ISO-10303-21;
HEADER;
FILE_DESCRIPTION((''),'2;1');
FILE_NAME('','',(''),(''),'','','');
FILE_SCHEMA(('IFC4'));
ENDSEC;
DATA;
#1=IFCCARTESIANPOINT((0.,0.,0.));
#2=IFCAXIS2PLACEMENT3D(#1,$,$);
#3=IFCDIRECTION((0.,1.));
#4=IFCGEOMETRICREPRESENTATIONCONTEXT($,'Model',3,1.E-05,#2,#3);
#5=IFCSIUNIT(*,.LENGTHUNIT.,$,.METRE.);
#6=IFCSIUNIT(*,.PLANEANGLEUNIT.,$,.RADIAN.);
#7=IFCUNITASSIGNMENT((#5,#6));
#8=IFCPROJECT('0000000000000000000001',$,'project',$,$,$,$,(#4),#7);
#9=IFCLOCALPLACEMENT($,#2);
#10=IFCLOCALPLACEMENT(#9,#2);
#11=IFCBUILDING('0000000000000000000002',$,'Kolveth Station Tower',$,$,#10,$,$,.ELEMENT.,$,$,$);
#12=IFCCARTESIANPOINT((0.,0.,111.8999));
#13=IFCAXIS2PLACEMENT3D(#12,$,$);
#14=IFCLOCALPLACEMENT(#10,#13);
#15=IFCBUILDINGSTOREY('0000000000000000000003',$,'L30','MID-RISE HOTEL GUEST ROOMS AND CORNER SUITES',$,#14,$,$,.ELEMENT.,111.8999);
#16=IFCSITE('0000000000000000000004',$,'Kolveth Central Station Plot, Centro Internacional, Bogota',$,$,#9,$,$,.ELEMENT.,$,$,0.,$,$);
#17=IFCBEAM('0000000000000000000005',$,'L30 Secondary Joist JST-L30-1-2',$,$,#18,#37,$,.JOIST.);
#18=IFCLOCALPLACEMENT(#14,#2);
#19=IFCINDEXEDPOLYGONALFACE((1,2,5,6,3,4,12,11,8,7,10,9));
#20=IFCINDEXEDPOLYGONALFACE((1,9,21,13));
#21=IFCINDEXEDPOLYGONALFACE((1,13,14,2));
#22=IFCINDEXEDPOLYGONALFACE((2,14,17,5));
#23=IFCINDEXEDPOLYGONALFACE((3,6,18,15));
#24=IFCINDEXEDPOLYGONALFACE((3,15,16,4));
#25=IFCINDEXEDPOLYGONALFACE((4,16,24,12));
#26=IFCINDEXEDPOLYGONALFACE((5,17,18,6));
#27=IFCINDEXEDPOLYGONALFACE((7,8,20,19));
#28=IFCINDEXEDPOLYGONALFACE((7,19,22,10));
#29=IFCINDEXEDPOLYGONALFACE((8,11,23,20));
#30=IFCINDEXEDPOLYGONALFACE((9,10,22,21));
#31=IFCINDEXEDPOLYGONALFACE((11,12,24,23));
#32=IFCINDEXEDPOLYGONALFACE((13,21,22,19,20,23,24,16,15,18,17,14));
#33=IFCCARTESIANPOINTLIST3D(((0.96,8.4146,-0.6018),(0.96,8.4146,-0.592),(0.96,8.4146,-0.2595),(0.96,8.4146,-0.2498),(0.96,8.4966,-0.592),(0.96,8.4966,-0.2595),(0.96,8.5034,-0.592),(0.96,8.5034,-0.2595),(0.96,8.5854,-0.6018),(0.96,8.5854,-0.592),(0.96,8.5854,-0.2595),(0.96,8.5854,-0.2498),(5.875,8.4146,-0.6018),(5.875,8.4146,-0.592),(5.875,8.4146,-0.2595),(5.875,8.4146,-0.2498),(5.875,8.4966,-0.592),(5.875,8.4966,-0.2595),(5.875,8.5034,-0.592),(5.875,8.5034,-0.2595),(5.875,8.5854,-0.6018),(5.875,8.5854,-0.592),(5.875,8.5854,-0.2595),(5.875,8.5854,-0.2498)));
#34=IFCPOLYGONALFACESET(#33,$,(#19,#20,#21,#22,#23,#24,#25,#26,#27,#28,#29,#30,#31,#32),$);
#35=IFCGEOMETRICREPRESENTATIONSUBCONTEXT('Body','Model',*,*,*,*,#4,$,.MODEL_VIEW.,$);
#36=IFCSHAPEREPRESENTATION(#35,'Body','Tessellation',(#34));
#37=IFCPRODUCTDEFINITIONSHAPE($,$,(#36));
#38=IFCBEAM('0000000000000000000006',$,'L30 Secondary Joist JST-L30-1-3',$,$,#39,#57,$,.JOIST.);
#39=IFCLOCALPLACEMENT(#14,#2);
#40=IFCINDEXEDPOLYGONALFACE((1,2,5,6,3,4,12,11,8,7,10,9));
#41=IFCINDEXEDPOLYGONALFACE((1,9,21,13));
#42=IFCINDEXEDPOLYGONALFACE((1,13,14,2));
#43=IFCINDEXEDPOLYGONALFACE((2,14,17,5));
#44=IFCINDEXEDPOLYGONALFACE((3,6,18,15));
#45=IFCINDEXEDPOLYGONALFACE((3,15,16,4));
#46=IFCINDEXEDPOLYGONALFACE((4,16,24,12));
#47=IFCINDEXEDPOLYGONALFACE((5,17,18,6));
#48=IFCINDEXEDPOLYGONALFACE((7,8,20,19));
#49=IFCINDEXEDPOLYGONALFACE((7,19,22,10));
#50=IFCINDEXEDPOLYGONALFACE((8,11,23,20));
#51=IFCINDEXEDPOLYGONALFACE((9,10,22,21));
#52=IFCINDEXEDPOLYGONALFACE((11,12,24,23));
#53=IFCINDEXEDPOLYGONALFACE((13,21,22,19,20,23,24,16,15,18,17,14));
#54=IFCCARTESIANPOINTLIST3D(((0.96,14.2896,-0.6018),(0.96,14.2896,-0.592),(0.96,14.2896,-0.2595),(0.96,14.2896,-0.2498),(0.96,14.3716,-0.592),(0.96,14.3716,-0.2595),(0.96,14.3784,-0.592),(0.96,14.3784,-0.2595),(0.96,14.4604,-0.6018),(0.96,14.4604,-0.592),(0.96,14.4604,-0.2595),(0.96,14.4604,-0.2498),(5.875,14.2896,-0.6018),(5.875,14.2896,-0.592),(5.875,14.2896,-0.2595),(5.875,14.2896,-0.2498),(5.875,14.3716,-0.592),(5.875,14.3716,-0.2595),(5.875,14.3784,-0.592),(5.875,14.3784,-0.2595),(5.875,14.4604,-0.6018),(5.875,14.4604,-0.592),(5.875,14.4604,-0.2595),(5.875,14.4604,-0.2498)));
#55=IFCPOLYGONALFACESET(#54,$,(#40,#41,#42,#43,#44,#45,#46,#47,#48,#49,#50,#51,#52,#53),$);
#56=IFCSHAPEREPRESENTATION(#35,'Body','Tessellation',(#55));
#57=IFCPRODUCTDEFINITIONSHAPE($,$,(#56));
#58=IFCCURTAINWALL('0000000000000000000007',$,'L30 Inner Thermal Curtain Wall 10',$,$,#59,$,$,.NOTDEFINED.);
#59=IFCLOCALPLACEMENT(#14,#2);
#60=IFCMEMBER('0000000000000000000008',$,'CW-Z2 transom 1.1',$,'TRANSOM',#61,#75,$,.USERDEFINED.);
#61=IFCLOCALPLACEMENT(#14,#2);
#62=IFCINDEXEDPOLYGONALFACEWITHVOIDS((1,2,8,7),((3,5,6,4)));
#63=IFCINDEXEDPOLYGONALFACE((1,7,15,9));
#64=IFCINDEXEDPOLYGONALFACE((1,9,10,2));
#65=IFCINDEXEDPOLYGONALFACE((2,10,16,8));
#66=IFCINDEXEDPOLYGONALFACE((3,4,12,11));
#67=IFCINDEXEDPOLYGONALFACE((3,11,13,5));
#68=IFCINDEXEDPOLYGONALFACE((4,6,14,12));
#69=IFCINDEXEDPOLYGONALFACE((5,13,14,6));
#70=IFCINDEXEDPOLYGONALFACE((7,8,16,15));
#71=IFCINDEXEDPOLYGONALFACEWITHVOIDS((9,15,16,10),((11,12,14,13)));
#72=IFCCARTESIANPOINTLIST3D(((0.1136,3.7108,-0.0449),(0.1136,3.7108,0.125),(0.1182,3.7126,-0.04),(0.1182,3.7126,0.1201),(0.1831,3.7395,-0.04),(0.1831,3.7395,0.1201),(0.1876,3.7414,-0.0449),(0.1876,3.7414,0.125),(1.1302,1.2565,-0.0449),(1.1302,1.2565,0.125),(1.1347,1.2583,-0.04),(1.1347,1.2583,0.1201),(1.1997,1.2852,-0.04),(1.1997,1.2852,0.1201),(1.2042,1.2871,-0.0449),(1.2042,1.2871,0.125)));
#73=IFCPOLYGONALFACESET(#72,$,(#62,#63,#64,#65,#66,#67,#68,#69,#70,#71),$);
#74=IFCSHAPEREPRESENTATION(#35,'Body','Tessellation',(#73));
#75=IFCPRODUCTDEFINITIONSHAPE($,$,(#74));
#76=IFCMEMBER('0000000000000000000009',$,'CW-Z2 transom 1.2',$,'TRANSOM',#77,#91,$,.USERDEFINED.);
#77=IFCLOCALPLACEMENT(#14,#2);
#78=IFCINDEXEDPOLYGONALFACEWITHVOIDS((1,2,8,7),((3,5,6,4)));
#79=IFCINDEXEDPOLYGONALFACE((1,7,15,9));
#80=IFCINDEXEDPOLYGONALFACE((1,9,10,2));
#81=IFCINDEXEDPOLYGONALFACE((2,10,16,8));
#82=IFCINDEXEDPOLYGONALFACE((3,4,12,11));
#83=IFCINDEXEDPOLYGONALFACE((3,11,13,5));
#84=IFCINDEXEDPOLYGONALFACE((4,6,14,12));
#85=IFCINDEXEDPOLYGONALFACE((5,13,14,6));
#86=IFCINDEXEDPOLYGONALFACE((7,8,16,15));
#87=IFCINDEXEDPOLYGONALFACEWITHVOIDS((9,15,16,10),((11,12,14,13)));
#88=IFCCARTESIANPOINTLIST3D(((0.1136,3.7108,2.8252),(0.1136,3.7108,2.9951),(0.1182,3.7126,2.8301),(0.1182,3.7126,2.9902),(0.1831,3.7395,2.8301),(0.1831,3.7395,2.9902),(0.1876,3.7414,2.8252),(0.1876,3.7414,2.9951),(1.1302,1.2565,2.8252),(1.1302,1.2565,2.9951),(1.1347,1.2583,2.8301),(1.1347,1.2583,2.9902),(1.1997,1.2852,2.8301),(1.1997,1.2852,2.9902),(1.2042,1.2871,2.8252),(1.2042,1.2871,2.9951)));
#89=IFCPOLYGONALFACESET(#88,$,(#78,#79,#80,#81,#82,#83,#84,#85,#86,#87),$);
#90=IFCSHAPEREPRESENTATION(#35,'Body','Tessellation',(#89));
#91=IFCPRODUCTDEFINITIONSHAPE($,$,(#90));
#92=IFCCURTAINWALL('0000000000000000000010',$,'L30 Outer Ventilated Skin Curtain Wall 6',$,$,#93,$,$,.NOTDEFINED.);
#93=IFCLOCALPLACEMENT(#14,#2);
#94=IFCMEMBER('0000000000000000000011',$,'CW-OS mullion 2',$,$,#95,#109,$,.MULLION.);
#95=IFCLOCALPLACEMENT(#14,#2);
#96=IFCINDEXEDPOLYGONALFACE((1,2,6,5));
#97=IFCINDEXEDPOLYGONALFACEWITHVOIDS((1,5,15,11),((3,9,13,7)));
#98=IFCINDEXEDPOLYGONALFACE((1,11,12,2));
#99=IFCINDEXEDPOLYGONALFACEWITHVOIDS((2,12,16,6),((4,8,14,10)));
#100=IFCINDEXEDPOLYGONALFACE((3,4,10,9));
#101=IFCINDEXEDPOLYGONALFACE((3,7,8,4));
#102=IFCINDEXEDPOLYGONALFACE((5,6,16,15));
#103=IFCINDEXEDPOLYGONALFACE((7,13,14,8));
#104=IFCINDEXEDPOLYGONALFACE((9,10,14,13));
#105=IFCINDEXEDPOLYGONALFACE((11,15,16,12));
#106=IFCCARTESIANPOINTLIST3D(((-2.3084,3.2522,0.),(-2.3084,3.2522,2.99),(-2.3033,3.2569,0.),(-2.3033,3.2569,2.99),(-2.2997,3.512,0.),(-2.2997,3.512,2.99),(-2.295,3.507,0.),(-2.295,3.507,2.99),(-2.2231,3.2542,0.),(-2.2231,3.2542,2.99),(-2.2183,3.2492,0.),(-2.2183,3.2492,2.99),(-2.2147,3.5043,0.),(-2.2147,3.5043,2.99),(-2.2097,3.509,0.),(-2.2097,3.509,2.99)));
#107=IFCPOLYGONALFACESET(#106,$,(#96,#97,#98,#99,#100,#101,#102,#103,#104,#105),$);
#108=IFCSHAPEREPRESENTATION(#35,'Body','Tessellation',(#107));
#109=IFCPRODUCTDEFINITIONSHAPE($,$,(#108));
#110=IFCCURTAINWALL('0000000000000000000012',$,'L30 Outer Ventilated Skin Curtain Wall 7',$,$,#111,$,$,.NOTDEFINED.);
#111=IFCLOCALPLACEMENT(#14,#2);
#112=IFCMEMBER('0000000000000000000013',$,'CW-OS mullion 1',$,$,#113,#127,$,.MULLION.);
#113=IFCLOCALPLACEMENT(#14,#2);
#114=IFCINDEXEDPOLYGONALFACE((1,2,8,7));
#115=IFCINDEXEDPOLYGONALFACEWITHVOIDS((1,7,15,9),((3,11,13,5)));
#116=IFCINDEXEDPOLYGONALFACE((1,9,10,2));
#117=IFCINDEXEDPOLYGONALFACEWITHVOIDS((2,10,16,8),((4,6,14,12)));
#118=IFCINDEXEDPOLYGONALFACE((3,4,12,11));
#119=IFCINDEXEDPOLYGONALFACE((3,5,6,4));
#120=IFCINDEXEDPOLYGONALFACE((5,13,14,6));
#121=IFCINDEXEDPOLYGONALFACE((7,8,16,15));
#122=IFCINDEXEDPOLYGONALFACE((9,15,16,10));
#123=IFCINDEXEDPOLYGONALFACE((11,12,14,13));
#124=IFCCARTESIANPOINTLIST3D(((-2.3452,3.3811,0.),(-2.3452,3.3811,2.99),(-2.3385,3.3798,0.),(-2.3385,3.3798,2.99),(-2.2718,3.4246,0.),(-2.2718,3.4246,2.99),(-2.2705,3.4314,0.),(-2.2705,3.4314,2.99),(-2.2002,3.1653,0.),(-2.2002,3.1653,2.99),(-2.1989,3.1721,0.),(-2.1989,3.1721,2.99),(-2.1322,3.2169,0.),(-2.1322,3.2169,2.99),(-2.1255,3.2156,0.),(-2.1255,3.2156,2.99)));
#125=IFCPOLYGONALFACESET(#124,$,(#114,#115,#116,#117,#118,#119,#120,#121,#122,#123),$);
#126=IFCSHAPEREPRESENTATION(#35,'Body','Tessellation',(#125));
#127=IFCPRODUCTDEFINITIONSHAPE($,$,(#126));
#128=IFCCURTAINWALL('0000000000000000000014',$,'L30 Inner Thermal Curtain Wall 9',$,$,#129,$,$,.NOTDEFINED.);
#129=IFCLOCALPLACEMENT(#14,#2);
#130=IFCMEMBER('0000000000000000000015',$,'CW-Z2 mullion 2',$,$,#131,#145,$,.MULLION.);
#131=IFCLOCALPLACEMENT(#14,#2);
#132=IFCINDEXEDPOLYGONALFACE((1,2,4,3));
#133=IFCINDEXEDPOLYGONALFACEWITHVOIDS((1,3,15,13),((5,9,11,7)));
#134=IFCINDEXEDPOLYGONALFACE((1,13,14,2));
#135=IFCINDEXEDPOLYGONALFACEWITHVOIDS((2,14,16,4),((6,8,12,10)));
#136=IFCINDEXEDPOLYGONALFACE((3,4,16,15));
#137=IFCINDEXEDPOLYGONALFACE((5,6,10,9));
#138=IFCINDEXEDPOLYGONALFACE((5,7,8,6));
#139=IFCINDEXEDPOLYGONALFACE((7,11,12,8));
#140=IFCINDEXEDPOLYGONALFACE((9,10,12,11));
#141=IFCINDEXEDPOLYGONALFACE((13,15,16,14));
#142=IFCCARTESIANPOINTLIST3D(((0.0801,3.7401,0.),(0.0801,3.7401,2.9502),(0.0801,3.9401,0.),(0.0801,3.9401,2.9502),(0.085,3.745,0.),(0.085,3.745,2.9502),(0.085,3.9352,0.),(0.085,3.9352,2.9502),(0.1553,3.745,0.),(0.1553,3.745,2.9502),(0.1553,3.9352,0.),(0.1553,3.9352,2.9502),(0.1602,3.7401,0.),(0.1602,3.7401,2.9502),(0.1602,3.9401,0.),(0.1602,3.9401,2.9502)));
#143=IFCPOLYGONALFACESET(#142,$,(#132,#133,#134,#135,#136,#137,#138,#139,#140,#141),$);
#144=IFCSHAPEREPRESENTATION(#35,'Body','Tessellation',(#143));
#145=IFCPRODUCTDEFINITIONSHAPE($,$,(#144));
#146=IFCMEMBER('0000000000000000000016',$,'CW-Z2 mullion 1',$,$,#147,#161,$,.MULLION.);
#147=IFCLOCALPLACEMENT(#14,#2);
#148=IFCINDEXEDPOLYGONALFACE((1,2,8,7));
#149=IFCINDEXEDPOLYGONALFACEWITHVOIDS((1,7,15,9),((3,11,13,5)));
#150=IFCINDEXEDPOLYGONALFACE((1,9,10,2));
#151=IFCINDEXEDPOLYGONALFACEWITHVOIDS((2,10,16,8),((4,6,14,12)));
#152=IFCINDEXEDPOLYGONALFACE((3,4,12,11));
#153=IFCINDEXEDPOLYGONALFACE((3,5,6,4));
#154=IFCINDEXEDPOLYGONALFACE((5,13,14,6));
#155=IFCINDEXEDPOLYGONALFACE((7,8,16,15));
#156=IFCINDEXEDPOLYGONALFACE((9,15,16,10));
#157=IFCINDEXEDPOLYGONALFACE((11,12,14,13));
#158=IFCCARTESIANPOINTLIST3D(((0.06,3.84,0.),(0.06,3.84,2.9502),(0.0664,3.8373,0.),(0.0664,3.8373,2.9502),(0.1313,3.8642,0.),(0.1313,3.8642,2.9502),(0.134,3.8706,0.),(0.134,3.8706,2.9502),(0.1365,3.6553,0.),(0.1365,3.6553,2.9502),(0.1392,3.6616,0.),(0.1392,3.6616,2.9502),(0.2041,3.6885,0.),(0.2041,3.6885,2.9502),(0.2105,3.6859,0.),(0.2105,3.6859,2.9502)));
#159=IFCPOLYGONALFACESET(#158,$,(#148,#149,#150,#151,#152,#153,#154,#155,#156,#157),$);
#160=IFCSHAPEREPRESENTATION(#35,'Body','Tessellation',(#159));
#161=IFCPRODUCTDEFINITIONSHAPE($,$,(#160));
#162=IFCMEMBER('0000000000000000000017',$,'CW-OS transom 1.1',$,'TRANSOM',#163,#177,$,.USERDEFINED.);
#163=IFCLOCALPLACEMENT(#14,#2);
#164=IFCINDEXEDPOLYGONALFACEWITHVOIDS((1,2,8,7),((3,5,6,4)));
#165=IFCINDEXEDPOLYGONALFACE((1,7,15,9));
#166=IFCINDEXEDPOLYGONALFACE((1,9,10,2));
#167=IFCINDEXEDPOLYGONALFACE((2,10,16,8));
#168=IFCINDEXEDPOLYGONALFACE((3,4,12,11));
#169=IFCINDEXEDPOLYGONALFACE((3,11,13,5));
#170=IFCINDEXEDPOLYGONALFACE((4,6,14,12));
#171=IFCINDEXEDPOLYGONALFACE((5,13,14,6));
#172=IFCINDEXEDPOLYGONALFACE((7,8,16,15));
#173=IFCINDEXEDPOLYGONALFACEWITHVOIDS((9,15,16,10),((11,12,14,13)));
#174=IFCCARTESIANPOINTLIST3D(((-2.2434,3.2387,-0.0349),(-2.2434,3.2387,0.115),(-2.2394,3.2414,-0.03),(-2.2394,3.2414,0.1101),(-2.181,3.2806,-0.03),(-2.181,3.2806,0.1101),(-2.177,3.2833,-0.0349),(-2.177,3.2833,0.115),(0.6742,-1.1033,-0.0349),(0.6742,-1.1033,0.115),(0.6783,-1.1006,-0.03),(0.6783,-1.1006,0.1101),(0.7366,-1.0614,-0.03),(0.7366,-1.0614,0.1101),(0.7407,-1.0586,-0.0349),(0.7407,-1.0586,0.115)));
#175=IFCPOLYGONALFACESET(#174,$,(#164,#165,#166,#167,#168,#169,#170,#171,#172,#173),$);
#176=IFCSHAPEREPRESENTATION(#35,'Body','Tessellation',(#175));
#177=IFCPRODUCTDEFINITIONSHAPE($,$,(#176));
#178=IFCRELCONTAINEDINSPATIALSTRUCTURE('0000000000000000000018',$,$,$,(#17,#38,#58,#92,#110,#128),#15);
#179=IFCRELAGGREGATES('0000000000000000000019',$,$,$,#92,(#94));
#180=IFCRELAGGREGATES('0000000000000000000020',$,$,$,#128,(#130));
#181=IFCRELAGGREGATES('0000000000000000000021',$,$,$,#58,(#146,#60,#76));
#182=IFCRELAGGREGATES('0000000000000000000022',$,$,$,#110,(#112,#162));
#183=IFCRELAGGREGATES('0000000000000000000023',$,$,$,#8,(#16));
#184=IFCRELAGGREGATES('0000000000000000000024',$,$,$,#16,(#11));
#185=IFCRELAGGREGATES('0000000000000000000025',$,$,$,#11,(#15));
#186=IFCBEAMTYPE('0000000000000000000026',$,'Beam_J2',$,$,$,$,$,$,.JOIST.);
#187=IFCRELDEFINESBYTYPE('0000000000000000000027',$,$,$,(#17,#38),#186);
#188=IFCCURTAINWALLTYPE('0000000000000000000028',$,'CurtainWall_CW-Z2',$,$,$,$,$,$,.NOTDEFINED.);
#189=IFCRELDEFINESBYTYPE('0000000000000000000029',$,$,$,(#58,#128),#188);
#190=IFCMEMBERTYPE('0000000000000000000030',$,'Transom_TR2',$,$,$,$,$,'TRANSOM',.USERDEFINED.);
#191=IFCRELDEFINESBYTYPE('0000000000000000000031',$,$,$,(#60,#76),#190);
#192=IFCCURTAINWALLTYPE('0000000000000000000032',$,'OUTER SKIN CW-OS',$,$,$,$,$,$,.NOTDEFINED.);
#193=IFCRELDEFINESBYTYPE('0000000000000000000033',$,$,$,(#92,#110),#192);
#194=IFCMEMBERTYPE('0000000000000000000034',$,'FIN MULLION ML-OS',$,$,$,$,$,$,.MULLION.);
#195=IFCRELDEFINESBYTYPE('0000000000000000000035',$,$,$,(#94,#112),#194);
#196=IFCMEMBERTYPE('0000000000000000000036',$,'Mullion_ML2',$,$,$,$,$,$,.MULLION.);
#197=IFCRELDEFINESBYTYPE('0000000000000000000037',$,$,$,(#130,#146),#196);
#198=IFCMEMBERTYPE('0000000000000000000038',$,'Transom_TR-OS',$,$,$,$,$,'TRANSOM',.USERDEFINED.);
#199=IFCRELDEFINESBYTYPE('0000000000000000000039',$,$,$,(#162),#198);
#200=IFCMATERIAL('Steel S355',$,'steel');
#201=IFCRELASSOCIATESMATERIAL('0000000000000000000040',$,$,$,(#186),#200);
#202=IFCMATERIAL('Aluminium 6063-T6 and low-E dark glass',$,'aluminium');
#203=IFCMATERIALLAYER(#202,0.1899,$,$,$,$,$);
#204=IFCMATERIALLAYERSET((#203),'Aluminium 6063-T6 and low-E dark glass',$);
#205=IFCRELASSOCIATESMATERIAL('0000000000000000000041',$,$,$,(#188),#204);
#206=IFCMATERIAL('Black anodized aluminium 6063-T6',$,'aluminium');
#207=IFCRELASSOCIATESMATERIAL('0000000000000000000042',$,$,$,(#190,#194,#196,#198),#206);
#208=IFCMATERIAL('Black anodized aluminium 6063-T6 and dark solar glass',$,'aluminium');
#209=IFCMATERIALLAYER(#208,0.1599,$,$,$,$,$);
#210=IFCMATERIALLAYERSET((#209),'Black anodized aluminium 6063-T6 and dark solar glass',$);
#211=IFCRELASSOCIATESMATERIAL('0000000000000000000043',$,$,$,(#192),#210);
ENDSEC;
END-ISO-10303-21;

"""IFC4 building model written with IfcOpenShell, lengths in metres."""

from ifc_helpers import new_model, si_unit, direction, frame, origin, origin_2d, place, context, subcontext, project, spatial, hollow_rectangle, i_section, extrude, source, transform, mapped, material, layer, layer_set, material_profile, profile_set, type_object, element, aggregate, save


model = new_model("IFC4")

# Units and contexts
model_context = context("Model", 3, precision=1e-05, world=origin(), true_north=direction((0.0, 1.0)))
body_context = subcontext(model_context, "Body", "Model", "MODEL_VIEW")
ifc_project = project(units=[si_unit("LENGTHUNIT", "METRE"), si_unit("PLANEANGLEUNIT", "RADIAN")], contexts=[model_context])

# Site, building, storey
site_placement = place(None, origin())
site = spatial("IfcSite", under=ifc_project, at=site_placement, Name="Kolveth Central Station Plot, Centro Internacional, Bogota", CompositionType="ELEMENT", RefElevation=0.0)
building_placement = place(site_placement, origin())
building = spatial("IfcBuilding", under=site, at=building_placement, Name="Kolveth Station Tower", CompositionType="ELEMENT")
storey_placement = place(building_placement, frame((0.0, 0.0, 111.8999)))
storey = spatial("IfcBuildingStorey", under=building, at=storey_placement, Name="L30", Description="MID-RISE HOTEL GUEST ROOMS AND CORNER SUITES", CompositionType="ELEMENT", Elevation=111.8999)

# Beams
ifc_material_1 = material(Name="Steel S355", Category="steel")
ifc_material_profile_1 = material_profile(ifc_material_1, i_section(OverallWidth=0.1709, OverallDepth=0.3521, WebThickness=0.0068, FlangeThickness=0.0098, at=origin_2d()), Name="W360x44")
ifc_profile_set_1 = profile_set([ifc_material_profile_1], Name="Steel S355")
beam_type_1 = type_object("IfcBeamType", Name="Beam_J2", PredefinedType="JOIST", material=ifc_profile_set_1)
shared_shape_1 = source(origin(), body_context, "Body", "SweptSolid", [
    extrude(i_section(OverallWidth=0.1709, OverallDepth=0.3521, WebThickness=0.0068, FlangeThickness=0.0098, at=origin_2d()), origin(), (0.0, 0.0, 1.0), 4.915),
])
for number, where, z_axis, x_axis, name in (
    (1, (0.96, 8.5, -0.4258), (1.0, 0.0, 0.0), (0.0, 1.0, 0.0), "L30 Secondary Joist JST-L30-1-2"),
    (2, (0.96, 14.375, -0.4258), (1.0, 0.0, 0.0), (0.0, 1.0, 0.0), "L30 Secondary Joist JST-L30-1-3"),
):
    element("IfcBeam", number, at=place(storey_placement, frame(where, z_axis=z_axis, x_axis=x_axis)), inside=storey, type_object=beam_type_1, Name=name, PredefinedType="JOIST", context=body_context, shape_type="MappedRepresentation", body=[
        mapped(shared_shape_1, transform((0.0, 0.0, 0.0), x_axis=(1.0, 0.0, 0.0), y_axis=(0.0, 1.0, 0.0), z_axis=(0.0, 0.0, 1.0), scale=1.0)),
    ])

# Curtain wall, members
ifc_material_2 = material(Name="Aluminium 6063-T6 and low-E dark glass", Category="aluminium")
ifc_layer_1 = layer(ifc_material_2, 0.1899)
ifc_layer_set_1 = layer_set([ifc_layer_1], Name="Aluminium 6063-T6 and low-E dark glass")
curtain_wall_type_1 = type_object("IfcCurtainWallType", Name="CurtainWall_CW-Z2", PredefinedType="NOTDEFINED", material=ifc_layer_set_1)
curtain_wall_1_placement = place(storey_placement, origin())
curtain_wall_1 = element("IfcCurtainWall", 3, at=curtain_wall_1_placement, inside=storey, type_object=curtain_wall_type_1, Name="L30 Inner Thermal Curtain Wall 10", PredefinedType="NOTDEFINED")
ifc_material_3 = material(Name="Black anodized aluminium 6063-T6", Category="aluminium")
ifc_material_profile_2 = material_profile(ifc_material_3, hollow_rectangle(XDim=0.0801, YDim=0.1699, WallThickness=0.0049, at=origin_2d()), Name="ALU-80x170x5")
ifc_profile_set_2 = profile_set([ifc_material_profile_2], Name="Black anodized aluminium 6063-T6")
member_type_1 = type_object("IfcMemberType", Name="Transom_TR2", ElementType="TRANSOM", PredefinedType="USERDEFINED", material=ifc_profile_set_2)
shared_shape_2 = source(origin(), body_context, "Body", "SweptSolid", [
    extrude(hollow_rectangle(XDim=0.0801, YDim=0.1699, WallThickness=0.0049, at=origin_2d()), origin(), (0.0, 0.0, 1.0), 2.6565),
])
member_1_placement = place(storey_placement, frame((0.1506, 3.7261, 0.04), z_axis=(0.382676, -0.923882, 0.0), x_axis=(0.923882, 0.382676, 0.0)))
member_1 = element("IfcMember", 4, at=member_1_placement, type_object=member_type_1, Name="CW-Z2 transom 1.1", ObjectType="TRANSOM", PredefinedType="USERDEFINED", context=body_context, shape_type="MappedRepresentation", body=[
    mapped(shared_shape_2, transform((0.0, 0.0, 0.0), x_axis=(1.0, 0.0, 0.0), y_axis=(0.0, 1.0, 0.0), z_axis=(0.0, 0.0, 1.0), scale=1.0)),
])
member_2_placement = place(storey_placement, frame((0.1506, 3.7261, 2.9102), z_axis=(0.382676, -0.923882, 0.0), x_axis=(0.923882, 0.382676, 0.0)))
member_2 = element("IfcMember", 5, at=member_2_placement, type_object=member_type_1, Name="CW-Z2 transom 1.2", ObjectType="TRANSOM", PredefinedType="USERDEFINED", context=body_context, shape_type="MappedRepresentation", body=[
    mapped(shared_shape_2, transform((0.0, 0.0, 0.0), x_axis=(1.0, 0.0, 0.0), y_axis=(0.0, 1.0, 0.0), z_axis=(0.0, 0.0, 1.0), scale=1.0)),
])

# Curtain walls, members
ifc_material_4 = material(Name="Black anodized aluminium 6063-T6 and dark solar glass", Category="aluminium")
ifc_layer_2 = layer(ifc_material_4, 0.1599)
ifc_layer_set_2 = layer_set([ifc_layer_2], Name="Black anodized aluminium 6063-T6 and dark solar glass")
curtain_wall_type_2 = type_object("IfcCurtainWallType", Name="OUTER SKIN CW-OS", PredefinedType="NOTDEFINED", material=ifc_layer_set_2)
curtain_wall_2_placement = place(storey_placement, origin())
curtain_wall_2 = element("IfcCurtainWall", 6, at=curtain_wall_2_placement, inside=storey, type_object=curtain_wall_type_2, Name="L30 Outer Ventilated Skin Curtain Wall 6", PredefinedType="NOTDEFINED")
ifc_material_profile_3 = material_profile(ifc_material_3, hollow_rectangle(XDim=0.0901, YDim=0.26, WallThickness=0.0049, at=origin_2d()), Name="ALU-90x260x5")
ifc_profile_set_3 = profile_set([ifc_material_profile_3], Name="Black anodized aluminium 6063-T6")
member_type_2 = type_object("IfcMemberType", Name="FIN MULLION ML-OS", PredefinedType="MULLION", material=ifc_profile_set_3)
shared_shape_3 = source(origin(), body_context, "Body", "SweptSolid", [
    extrude(hollow_rectangle(XDim=0.0901, YDim=0.26, WallThickness=0.0049, at=origin_2d()), origin(), (0.0, 0.0, 1.0), 2.99),
])
member_3_placement = place(storey_placement, frame((-2.259, 3.3806, 0.0), z_axis=(0.0, 0.0, 1.0), x_axis=(0.999444, -0.033333, 0.0)))
member_3 = element("IfcMember", 7, at=member_3_placement, type_object=member_type_2, Name="CW-OS mullion 2", PredefinedType="MULLION", context=body_context, shape_type="MappedRepresentation", body=[
    mapped(shared_shape_3, transform((0.0, 0.0, 0.0), x_axis=(1.0, 0.0, 0.0), y_axis=(0.0, 1.0, 0.0), z_axis=(0.0, 0.0, 1.0), scale=1.0)),
])
aggregate(curtain_wall_2, [member_3])
curtain_wall_3_placement = place(storey_placement, origin())
curtain_wall_3 = element("IfcCurtainWall", 8, at=curtain_wall_3_placement, inside=storey, type_object=curtain_wall_type_2, Name="L30 Outer Ventilated Skin Curtain Wall 7", PredefinedType="NOTDEFINED")
member_4_placement = place(storey_placement, frame((-2.2354, 3.2983, 0.0), z_axis=(0.0, 0.0, 1.0), x_axis=(0.830006, 0.557754, 0.0)))
member_4 = element("IfcMember", 9, at=member_4_placement, type_object=member_type_2, Name="CW-OS mullion 1", PredefinedType="MULLION", context=body_context, shape_type="MappedRepresentation", body=[
    mapped(shared_shape_3, transform((0.0, 0.0, 0.0), x_axis=(1.0, 0.0, 0.0), y_axis=(0.0, 1.0, 0.0), z_axis=(0.0, 0.0, 1.0), scale=1.0)),
])
curtain_wall_4_placement = place(storey_placement, origin())
curtain_wall_4 = element("IfcCurtainWall", 10, at=curtain_wall_4_placement, inside=storey, type_object=curtain_wall_type_1, Name="L30 Inner Thermal Curtain Wall 9", PredefinedType="NOTDEFINED")
ifc_material_profile_4 = material_profile(ifc_material_3, hollow_rectangle(XDim=0.0801, YDim=0.2, WallThickness=0.0049, at=origin_2d()), Name="ALU-80x200x5")
ifc_profile_set_4 = profile_set([ifc_material_profile_4], Name="Black anodized aluminium 6063-T6")
member_type_3 = type_object("IfcMemberType", Name="Mullion_ML2", PredefinedType="MULLION", material=ifc_profile_set_4)
shared_shape_4 = source(origin(), body_context, "Body", "SweptSolid", [
    extrude(hollow_rectangle(XDim=0.0801, YDim=0.2, WallThickness=0.0049, at=origin_2d()), origin(), (0.0, 0.0, 1.0), 2.9502),
])
member_5_placement = place(storey_placement, frame((0.1201, 3.8401, 0.0), z_axis=(0.0, 0.0, 1.0), x_axis=(1.0, 0.0, 0.0)))
member_5 = element("IfcMember", 11, at=member_5_placement, type_object=member_type_3, Name="CW-Z2 mullion 2", PredefinedType="MULLION", context=body_context, shape_type="MappedRepresentation", body=[
    mapped(shared_shape_4, transform((0.0, 0.0, 0.0), x_axis=(1.0, 0.0, 0.0), y_axis=(0.0, 1.0, 0.0), z_axis=(0.0, 0.0, 1.0), scale=1.0)),
])
aggregate(curtain_wall_4, [member_5])

# Members
member_6_placement = place(storey_placement, frame((0.1353, 3.7629, 0.0), z_axis=(0.0, 0.0, 1.0), x_axis=(0.923888, 0.382663, 0.0)))
member_6 = element("IfcMember", 12, at=member_6_placement, type_object=member_type_3, Name="CW-Z2 mullion 1", PredefinedType="MULLION", context=body_context, shape_type="MappedRepresentation", body=[
    mapped(shared_shape_4, transform((0.0, 0.0, 0.0), x_axis=(1.0, 0.0, 0.0), y_axis=(0.0, 1.0, 0.0), z_axis=(0.0, 0.0, 1.0), scale=1.0)),
])
aggregate(curtain_wall_1, [member_6, member_1, member_2])
ifc_material_profile_5 = material_profile(ifc_material_3, hollow_rectangle(XDim=0.0801, YDim=0.1499, WallThickness=0.0049, at=origin_2d()), Name="ALU-80x150x5")
ifc_profile_set_5 = profile_set([ifc_material_profile_5], Name="Black anodized aluminium 6063-T6")
member_type_4 = type_object("IfcMemberType", Name="Transom_TR-OS", ElementType="TRANSOM", PredefinedType="USERDEFINED", material=ifc_profile_set_5)
shared_shape_5 = source(origin(), body_context, "Body", "SweptSolid", [
    extrude(hollow_rectangle(XDim=0.0801, YDim=0.1499, WallThickness=0.0049, at=origin_2d()), origin(), (0.0, 0.0, 1.0), 5.2312),
])
member_7_placement = place(storey_placement, frame((-2.2102, 3.261, 0.04), z_axis=(0.557744, -0.830013, 0.0), x_axis=(0.830013, 0.557744, 0.0)))
member_7 = element("IfcMember", 13, at=member_7_placement, type_object=member_type_4, Name="CW-OS transom 1.1", ObjectType="TRANSOM", PredefinedType="USERDEFINED", context=body_context, shape_type="MappedRepresentation", body=[
    mapped(shared_shape_5, transform((0.0, 0.0, 0.0), x_axis=(1.0, 0.0, 0.0), y_axis=(0.0, 1.0, 0.0), z_axis=(0.0, 0.0, 1.0), scale=1.0)),
])
aggregate(curtain_wall_3, [member_4, member_7])

save(model, "model.ifc")
